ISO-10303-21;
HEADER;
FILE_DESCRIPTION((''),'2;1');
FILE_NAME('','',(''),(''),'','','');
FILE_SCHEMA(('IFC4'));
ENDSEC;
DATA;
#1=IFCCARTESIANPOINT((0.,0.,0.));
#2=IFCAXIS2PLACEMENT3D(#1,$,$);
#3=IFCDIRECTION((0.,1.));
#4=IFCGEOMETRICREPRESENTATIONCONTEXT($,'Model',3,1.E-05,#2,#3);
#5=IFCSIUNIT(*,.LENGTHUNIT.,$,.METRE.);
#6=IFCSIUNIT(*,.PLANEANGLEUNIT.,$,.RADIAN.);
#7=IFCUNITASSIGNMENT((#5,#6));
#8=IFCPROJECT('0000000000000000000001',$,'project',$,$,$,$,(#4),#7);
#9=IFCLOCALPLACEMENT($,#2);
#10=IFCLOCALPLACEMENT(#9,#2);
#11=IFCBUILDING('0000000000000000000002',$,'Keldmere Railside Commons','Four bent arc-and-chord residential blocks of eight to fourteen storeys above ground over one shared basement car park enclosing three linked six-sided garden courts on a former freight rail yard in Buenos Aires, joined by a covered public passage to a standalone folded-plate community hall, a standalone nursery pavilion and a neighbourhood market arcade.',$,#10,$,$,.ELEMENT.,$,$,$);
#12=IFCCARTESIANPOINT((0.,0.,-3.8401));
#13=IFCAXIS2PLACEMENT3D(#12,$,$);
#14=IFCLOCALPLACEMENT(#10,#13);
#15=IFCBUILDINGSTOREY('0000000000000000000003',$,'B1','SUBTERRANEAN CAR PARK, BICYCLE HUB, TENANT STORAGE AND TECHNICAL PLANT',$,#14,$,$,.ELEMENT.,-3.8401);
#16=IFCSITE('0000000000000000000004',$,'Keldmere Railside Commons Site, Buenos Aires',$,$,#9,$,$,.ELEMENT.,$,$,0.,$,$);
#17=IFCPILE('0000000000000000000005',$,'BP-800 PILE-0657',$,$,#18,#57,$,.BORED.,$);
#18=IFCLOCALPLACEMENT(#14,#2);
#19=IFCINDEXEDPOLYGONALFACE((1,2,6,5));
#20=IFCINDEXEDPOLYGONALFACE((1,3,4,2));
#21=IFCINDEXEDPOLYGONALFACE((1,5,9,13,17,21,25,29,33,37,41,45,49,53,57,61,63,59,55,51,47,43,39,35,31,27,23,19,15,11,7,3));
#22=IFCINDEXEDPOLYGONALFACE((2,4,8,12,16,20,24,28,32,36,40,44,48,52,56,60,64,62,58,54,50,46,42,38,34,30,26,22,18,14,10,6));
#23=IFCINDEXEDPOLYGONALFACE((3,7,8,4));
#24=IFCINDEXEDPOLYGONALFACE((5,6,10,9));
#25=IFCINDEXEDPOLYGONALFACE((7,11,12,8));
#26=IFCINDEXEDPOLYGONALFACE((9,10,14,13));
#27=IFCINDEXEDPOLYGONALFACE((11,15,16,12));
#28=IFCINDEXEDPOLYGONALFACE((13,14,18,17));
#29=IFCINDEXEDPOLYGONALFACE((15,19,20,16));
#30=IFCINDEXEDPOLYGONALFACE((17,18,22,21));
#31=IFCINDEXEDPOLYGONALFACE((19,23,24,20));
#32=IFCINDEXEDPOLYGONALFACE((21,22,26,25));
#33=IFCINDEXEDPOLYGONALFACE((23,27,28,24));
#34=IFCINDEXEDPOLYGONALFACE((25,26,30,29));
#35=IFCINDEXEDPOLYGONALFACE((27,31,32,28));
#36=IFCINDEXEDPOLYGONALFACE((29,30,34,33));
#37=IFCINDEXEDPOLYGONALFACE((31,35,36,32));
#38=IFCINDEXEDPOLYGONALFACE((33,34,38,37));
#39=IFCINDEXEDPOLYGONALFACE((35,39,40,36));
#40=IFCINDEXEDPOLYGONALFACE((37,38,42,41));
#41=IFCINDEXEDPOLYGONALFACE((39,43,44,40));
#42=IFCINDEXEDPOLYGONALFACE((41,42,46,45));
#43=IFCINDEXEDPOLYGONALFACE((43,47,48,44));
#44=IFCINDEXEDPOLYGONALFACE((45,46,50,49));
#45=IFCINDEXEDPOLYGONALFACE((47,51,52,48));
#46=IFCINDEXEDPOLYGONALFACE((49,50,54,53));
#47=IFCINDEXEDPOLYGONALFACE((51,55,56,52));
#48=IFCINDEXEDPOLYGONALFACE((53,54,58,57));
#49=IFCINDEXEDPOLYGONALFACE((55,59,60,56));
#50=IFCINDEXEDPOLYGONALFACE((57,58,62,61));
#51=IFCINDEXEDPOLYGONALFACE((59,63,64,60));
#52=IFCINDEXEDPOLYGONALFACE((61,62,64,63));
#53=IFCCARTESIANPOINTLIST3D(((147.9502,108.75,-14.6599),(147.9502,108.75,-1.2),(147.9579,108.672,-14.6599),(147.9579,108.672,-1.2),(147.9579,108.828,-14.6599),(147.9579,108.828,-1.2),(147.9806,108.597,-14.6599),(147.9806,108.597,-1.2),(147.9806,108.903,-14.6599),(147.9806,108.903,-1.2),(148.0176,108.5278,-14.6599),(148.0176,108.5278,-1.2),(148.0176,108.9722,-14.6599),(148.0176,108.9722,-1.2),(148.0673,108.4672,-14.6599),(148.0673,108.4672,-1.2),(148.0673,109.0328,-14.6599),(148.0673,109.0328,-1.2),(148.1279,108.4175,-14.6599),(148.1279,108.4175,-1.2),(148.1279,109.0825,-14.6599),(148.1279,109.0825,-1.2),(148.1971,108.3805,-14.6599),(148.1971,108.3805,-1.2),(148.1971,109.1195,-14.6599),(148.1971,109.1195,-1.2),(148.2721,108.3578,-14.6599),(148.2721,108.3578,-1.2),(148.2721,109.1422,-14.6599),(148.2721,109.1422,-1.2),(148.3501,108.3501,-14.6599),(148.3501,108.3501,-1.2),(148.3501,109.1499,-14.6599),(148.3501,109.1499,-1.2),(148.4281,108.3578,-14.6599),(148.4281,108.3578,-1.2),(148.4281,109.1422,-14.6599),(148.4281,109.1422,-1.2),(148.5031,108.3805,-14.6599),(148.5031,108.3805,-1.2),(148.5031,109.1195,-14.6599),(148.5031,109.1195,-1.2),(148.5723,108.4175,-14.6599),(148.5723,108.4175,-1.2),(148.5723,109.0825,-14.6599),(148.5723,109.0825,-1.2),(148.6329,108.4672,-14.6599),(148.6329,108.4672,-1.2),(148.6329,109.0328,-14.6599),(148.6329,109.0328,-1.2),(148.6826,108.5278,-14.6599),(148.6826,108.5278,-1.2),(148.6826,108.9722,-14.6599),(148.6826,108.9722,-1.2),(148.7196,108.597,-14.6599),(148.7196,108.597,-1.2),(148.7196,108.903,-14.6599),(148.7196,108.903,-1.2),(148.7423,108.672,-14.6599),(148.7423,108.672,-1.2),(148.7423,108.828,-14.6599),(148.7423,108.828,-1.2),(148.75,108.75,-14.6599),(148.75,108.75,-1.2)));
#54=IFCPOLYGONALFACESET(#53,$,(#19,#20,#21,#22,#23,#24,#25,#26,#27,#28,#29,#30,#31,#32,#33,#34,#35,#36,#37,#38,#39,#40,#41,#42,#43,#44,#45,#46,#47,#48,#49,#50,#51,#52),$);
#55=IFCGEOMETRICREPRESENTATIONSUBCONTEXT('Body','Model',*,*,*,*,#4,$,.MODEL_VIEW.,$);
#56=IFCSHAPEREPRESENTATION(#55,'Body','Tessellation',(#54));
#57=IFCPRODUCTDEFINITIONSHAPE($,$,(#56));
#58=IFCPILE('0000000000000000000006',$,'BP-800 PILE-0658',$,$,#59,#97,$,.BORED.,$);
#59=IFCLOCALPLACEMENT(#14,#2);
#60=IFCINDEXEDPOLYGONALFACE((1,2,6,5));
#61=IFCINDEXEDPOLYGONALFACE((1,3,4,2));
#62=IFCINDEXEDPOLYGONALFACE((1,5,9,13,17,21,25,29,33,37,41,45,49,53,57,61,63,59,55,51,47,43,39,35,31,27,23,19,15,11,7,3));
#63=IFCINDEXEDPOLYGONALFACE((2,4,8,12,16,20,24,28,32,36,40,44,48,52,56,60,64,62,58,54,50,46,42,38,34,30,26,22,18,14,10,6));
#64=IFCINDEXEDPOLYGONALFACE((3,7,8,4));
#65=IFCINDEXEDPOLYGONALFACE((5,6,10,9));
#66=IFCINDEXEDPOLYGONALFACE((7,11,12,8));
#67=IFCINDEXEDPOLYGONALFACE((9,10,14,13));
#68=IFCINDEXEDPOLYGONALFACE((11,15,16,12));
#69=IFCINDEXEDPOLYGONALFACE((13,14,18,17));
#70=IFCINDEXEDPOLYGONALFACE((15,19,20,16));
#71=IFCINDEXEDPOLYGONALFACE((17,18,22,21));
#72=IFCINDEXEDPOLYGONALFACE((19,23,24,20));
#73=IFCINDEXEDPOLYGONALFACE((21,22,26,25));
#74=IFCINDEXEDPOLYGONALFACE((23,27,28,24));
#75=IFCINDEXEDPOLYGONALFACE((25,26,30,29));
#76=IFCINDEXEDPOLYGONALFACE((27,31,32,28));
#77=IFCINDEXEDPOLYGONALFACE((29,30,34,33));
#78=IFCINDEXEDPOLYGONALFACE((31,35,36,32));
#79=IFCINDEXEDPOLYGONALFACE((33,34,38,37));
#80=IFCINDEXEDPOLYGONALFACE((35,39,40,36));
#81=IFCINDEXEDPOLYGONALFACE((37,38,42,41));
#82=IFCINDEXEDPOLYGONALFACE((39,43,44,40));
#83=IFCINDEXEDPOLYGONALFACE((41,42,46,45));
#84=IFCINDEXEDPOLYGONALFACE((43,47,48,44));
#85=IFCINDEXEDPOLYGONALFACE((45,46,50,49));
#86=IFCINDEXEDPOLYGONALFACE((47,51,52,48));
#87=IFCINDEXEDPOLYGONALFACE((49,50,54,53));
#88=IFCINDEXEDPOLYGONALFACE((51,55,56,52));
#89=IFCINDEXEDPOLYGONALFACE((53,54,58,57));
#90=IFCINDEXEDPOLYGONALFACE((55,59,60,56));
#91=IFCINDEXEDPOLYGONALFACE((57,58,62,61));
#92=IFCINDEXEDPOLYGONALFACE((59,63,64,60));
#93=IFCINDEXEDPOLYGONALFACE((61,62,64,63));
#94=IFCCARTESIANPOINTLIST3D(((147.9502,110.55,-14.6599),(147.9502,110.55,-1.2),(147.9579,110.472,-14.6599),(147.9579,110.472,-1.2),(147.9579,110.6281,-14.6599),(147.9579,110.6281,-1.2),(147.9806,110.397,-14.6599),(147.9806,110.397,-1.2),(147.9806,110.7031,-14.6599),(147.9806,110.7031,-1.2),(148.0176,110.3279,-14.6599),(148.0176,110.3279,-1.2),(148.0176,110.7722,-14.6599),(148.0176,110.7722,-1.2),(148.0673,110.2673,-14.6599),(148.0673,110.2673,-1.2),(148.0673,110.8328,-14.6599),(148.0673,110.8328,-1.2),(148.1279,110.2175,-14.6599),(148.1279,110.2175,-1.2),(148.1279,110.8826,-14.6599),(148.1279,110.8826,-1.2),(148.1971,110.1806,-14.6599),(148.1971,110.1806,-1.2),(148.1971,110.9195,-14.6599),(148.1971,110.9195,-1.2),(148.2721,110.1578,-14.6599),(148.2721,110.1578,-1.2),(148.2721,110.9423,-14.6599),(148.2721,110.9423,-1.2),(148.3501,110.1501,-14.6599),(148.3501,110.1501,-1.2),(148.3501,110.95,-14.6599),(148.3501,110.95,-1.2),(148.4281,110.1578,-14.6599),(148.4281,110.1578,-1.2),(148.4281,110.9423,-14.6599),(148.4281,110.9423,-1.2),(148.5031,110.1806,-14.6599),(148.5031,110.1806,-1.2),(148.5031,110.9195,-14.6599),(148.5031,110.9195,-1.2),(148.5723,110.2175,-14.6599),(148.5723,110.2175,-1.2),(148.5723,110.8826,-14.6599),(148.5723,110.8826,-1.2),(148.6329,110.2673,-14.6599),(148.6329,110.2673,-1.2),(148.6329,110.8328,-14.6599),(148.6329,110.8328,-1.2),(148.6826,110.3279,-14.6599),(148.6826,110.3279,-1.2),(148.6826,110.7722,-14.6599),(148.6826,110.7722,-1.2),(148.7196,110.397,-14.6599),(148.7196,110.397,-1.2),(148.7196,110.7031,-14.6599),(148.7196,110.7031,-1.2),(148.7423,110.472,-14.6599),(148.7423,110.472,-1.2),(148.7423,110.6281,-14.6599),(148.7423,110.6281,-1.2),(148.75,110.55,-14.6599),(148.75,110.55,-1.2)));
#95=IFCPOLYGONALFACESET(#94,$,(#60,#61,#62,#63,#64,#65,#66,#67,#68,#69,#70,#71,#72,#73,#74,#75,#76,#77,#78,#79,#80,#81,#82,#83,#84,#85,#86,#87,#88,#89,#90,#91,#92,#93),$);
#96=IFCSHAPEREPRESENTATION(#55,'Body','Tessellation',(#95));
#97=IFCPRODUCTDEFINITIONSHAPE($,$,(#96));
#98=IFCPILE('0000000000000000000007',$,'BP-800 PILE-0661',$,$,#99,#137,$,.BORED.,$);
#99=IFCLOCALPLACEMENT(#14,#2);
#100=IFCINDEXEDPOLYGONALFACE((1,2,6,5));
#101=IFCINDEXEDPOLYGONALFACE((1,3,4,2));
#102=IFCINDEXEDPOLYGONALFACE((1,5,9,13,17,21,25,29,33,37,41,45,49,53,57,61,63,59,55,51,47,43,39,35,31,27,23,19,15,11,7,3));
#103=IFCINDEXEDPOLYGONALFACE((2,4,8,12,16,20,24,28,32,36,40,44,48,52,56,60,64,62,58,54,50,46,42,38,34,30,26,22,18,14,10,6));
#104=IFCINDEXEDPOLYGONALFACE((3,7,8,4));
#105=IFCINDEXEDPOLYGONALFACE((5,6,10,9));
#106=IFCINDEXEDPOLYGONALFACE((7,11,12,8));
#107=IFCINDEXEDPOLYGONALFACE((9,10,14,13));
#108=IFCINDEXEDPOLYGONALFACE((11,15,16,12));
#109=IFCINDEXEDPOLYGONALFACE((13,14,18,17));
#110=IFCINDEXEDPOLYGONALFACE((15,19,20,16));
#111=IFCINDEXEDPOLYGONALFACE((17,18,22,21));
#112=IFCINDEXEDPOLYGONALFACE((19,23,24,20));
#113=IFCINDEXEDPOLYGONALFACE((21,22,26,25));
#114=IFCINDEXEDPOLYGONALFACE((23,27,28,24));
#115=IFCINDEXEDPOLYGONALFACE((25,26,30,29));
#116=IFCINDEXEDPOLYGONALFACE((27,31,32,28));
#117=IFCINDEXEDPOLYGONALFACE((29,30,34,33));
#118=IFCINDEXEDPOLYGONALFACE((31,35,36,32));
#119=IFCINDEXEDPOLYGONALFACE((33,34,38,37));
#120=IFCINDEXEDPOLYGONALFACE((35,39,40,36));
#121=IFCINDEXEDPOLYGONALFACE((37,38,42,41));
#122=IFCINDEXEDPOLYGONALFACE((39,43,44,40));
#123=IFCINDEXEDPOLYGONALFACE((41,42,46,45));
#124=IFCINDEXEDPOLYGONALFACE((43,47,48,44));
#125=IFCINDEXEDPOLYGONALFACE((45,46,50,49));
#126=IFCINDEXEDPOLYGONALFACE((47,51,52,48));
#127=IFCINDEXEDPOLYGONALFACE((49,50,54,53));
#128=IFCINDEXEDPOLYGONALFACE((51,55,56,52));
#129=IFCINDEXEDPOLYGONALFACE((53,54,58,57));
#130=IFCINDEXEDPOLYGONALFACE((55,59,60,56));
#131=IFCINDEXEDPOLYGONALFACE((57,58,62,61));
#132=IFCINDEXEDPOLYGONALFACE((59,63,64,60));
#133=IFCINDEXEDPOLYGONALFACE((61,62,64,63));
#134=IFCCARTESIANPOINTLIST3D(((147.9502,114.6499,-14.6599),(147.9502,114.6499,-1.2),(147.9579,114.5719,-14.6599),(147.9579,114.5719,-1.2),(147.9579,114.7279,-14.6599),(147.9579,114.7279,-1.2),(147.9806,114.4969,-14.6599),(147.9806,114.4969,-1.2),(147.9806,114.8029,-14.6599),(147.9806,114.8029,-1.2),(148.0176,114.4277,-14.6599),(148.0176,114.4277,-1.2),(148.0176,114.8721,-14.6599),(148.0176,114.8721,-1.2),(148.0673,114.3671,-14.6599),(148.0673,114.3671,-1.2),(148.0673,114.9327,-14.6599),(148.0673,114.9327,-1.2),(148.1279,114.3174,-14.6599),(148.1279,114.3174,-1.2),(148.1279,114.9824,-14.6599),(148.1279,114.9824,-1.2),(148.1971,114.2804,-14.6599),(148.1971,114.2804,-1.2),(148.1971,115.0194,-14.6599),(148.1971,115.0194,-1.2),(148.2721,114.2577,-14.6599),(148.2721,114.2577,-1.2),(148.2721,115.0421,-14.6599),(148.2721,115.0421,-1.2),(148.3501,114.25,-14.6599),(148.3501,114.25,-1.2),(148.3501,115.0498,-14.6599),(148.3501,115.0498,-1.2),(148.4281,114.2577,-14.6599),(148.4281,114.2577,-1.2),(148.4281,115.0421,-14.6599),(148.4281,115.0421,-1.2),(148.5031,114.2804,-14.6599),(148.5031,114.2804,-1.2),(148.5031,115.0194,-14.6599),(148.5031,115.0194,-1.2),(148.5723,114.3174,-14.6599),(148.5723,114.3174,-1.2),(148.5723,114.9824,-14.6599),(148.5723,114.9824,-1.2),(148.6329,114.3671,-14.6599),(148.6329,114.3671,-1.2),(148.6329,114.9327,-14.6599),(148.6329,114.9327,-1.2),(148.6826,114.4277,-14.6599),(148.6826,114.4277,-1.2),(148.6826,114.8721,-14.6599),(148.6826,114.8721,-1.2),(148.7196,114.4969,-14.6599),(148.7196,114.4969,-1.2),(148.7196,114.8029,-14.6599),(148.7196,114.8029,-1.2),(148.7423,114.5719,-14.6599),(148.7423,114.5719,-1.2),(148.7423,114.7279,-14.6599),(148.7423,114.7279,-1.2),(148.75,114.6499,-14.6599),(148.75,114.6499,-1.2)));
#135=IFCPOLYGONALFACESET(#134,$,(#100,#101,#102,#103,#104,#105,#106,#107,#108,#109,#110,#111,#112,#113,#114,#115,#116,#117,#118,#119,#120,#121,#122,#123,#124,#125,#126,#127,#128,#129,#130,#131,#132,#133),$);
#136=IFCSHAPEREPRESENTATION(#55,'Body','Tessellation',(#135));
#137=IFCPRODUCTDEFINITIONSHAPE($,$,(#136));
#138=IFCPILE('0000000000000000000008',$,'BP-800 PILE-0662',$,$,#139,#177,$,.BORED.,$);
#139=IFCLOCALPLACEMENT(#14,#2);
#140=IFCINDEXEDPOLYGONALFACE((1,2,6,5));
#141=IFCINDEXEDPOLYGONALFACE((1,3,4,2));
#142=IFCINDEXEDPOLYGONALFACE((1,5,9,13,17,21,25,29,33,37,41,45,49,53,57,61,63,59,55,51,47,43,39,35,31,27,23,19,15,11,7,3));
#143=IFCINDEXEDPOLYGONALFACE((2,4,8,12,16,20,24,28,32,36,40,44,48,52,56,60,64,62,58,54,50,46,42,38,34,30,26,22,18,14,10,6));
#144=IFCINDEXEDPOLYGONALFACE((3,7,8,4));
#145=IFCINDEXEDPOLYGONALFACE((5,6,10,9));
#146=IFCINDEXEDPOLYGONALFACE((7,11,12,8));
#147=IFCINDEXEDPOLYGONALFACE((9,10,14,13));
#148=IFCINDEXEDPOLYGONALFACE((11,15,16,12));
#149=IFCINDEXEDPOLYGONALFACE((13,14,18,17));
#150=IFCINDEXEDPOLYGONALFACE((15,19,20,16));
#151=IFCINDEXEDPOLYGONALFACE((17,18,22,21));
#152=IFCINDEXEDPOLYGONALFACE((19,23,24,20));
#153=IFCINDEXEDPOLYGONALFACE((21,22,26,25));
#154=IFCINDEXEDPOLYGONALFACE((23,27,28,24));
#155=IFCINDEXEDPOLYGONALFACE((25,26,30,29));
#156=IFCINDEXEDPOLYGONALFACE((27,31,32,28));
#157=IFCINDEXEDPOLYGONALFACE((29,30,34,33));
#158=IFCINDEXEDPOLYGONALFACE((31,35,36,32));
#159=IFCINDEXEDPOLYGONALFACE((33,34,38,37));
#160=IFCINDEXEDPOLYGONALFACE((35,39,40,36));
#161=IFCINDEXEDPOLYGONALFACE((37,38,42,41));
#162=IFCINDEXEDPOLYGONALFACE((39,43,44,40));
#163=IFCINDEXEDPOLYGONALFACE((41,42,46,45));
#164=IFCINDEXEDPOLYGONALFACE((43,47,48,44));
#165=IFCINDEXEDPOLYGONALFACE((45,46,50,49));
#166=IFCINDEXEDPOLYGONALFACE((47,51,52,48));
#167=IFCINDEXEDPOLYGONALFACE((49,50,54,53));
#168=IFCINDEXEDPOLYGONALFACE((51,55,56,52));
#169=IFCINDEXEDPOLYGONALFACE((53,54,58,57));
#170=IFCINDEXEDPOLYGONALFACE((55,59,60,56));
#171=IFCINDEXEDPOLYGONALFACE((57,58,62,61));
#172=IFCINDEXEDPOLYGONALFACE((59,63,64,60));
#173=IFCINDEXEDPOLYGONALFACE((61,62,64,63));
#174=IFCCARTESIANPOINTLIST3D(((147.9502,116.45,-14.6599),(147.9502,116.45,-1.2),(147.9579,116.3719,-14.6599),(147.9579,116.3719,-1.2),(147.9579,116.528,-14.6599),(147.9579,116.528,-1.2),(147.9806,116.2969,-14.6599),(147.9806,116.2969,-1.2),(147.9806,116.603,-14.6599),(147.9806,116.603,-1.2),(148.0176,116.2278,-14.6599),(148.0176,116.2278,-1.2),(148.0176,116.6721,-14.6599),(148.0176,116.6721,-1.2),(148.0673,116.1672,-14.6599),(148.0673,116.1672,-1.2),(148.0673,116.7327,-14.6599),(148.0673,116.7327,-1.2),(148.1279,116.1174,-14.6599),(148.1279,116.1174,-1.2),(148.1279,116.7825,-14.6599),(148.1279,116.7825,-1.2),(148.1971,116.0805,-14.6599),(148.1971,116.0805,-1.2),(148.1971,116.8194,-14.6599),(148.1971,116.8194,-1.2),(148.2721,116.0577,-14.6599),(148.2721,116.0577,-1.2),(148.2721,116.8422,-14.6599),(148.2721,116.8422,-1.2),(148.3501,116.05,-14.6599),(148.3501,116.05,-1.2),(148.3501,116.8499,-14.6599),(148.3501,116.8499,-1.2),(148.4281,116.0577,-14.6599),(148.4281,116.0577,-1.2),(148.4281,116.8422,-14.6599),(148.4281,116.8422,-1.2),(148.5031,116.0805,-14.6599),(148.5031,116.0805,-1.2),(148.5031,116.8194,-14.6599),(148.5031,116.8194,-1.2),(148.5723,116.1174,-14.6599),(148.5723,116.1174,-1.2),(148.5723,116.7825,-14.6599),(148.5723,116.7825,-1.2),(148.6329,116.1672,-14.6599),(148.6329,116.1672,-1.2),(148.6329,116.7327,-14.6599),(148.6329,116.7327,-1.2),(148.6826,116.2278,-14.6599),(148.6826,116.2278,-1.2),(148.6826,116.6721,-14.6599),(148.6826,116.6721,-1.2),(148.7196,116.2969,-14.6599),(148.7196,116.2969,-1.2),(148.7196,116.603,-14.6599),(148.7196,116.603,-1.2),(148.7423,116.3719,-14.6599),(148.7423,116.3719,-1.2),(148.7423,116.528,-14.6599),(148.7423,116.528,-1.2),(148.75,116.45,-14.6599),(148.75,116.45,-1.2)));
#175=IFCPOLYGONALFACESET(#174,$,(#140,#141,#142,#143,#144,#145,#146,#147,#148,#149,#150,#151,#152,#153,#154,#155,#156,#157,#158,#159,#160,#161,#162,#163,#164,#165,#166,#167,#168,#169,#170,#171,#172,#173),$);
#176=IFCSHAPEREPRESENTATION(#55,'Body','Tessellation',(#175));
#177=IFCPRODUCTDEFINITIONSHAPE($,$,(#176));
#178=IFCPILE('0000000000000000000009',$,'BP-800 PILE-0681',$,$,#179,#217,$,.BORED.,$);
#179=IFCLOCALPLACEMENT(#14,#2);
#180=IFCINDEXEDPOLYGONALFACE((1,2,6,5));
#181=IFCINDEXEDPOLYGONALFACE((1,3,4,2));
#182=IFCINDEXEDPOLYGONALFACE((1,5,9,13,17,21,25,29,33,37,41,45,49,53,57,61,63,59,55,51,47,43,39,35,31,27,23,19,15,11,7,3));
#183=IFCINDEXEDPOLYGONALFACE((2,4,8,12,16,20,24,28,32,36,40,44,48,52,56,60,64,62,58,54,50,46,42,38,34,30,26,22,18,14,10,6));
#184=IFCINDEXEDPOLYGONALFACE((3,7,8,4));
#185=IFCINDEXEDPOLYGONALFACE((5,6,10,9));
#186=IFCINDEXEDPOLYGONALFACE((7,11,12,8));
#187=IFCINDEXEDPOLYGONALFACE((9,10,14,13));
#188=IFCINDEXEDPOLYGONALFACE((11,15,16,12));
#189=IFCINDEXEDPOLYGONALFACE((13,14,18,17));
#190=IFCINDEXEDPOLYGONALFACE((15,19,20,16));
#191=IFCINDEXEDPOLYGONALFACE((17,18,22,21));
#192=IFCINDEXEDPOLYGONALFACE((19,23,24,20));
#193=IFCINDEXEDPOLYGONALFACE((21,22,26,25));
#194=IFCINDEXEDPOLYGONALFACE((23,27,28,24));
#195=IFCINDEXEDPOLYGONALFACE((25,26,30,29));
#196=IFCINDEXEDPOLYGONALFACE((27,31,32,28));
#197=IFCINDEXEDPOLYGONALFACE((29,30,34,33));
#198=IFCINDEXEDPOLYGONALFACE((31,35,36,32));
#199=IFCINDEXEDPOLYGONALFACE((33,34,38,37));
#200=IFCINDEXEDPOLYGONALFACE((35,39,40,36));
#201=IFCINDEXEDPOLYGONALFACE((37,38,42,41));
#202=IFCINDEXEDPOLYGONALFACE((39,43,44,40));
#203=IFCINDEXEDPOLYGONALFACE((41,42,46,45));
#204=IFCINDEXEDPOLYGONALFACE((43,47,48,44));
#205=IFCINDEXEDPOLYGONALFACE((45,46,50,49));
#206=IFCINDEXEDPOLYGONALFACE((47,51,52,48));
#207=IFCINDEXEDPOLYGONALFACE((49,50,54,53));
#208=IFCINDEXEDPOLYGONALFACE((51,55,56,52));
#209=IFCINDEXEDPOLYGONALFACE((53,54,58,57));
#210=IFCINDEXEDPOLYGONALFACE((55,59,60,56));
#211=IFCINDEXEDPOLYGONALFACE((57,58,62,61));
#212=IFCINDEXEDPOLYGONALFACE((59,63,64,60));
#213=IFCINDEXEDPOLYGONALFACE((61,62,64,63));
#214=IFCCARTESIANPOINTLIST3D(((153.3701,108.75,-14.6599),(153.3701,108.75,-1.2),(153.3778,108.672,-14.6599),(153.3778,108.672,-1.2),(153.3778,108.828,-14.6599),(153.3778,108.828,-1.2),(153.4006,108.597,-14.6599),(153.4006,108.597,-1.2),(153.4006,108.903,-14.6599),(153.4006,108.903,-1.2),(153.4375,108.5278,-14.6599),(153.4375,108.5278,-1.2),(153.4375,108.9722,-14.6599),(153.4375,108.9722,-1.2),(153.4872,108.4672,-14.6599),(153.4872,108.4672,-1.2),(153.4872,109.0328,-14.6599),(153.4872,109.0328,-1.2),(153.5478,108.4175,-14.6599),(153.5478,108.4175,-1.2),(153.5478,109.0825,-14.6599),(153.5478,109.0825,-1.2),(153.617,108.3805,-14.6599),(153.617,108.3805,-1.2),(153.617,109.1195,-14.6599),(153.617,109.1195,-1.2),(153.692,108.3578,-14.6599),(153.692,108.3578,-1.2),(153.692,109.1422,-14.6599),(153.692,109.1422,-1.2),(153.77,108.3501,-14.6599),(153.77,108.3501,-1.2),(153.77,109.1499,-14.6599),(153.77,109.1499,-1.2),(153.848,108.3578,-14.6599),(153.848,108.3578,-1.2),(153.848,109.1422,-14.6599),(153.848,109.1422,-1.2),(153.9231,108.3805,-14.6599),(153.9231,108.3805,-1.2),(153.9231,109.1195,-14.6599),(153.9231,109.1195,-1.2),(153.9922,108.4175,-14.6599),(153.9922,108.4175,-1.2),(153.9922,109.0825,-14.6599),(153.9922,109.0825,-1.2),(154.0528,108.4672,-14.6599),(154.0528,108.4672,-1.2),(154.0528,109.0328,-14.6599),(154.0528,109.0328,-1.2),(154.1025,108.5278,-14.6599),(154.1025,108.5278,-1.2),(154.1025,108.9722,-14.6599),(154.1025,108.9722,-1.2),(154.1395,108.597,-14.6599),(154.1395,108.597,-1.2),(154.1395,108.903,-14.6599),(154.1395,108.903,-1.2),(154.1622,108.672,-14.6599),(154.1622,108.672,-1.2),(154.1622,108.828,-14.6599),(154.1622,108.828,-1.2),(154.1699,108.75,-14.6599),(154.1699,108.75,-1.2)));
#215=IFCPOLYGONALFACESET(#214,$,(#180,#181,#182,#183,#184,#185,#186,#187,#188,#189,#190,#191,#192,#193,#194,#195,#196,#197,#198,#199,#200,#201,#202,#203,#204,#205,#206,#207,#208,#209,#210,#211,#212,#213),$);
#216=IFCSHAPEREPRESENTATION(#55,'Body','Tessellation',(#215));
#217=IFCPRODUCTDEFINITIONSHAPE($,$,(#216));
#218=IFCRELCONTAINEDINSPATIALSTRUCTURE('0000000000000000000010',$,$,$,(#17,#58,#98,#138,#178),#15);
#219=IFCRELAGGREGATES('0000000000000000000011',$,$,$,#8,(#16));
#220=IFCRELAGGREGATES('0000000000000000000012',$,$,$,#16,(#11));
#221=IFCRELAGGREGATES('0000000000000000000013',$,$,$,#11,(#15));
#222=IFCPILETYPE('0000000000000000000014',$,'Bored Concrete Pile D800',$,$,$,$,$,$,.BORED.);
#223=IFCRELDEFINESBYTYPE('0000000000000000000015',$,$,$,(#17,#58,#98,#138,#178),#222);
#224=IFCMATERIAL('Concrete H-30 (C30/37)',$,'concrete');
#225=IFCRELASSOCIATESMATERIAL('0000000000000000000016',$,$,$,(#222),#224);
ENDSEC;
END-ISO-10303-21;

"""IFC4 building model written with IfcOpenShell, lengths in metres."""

from ifc_helpers import new_model, si_unit, direction, frame, origin, origin_2d, place, context, subcontext, project, spatial, circle, extrude, material, material_profile, profile_set, type_object, element, save


model = new_model("IFC4")

# Units and contexts
model_context = context("Model", 3, precision=1e-05, world=origin(), true_north=direction((0.0, 1.0)))
body_context = subcontext(model_context, "Body", "Model", "MODEL_VIEW")
ifc_project = project(units=[si_unit("LENGTHUNIT", "METRE"), si_unit("PLANEANGLEUNIT", "RADIAN")], contexts=[model_context])

# Site, building, storey
site_placement = place(None, origin())
site = spatial("IfcSite", under=ifc_project, at=site_placement, Name="Keldmere Railside Commons Site, Buenos Aires", CompositionType="ELEMENT", RefElevation=0.0)
building_placement = place(site_placement, origin())
building = spatial("IfcBuilding", under=site, at=building_placement, Name="Keldmere Railside Commons", Description="Four bent arc-and-chord residential blocks of eight to fourteen storeys above ground over one shared basement car park enclosing three linked six-sided garden courts on a former freight rail yard in Buenos Aires, joined by a covered public passage to a standalone folded-plate community hall, a standalone nursery pavilion and a neighbourhood market arcade.", CompositionType="ELEMENT")
storey_placement = place(building_placement, frame((0.0, 0.0, -3.8401)))
storey = spatial("IfcBuildingStorey", under=building, at=storey_placement, Name="B1", Description="SUBTERRANEAN CAR PARK, BICYCLE HUB, TENANT STORAGE AND TECHNICAL PLANT", CompositionType="ELEMENT", Elevation=-3.8401)

# Piles
ifc_material_1 = material(Name="Concrete H-30 (C30/37)", Category="concrete")
ifc_material_profile_1 = material_profile(ifc_material_1, circle(Radius=0.3999, at=origin_2d()), Name="PILE-D800")
ifc_profile_set_1 = profile_set([ifc_material_profile_1], Name="Concrete H-30 (C30/37)")
pile_type = type_object("IfcPileType", Name="Bored Concrete Pile D800", PredefinedType="BORED", material=ifc_profile_set_1)
for number, where, z_axis, x_axis, name in (
    (1, (148.3501, 108.75, -1.2), (0.0, 0.0, -1.0), (1.0, 0.0, 0.0), "BP-800 PILE-0657"),
    (2, (148.3501, 110.55, -1.2), (0.0, 0.0, -1.0), (1.0, 0.0, 0.0), "BP-800 PILE-0658"),
    (3, (148.3501, 114.6499, -1.2), (0.0, 0.0, -1.0), (1.0, 0.0, 0.0), "BP-800 PILE-0661"),
    (4, (148.3501, 116.45, -1.2), (0.0, 0.0, -1.0), (1.0, 0.0, 0.0), "BP-800 PILE-0662"),
    (5, (153.77, 108.75, -1.2), (0.0, 0.0, -1.0), (1.0, 0.0, 0.0), "BP-800 PILE-0681"),
):
    element("IfcPile", number, at=place(storey_placement, frame(where, z_axis=z_axis, x_axis=x_axis)), inside=storey, type_object=pile_type, Name=name, PredefinedType="BORED", context=body_context, shape_type="SweptSolid", body=[
        extrude(circle(Radius=0.3999, at=origin_2d()), origin(), (0.0, 0.0, 1.0), 13.46),
    ])

save(model, "model.ifc")
